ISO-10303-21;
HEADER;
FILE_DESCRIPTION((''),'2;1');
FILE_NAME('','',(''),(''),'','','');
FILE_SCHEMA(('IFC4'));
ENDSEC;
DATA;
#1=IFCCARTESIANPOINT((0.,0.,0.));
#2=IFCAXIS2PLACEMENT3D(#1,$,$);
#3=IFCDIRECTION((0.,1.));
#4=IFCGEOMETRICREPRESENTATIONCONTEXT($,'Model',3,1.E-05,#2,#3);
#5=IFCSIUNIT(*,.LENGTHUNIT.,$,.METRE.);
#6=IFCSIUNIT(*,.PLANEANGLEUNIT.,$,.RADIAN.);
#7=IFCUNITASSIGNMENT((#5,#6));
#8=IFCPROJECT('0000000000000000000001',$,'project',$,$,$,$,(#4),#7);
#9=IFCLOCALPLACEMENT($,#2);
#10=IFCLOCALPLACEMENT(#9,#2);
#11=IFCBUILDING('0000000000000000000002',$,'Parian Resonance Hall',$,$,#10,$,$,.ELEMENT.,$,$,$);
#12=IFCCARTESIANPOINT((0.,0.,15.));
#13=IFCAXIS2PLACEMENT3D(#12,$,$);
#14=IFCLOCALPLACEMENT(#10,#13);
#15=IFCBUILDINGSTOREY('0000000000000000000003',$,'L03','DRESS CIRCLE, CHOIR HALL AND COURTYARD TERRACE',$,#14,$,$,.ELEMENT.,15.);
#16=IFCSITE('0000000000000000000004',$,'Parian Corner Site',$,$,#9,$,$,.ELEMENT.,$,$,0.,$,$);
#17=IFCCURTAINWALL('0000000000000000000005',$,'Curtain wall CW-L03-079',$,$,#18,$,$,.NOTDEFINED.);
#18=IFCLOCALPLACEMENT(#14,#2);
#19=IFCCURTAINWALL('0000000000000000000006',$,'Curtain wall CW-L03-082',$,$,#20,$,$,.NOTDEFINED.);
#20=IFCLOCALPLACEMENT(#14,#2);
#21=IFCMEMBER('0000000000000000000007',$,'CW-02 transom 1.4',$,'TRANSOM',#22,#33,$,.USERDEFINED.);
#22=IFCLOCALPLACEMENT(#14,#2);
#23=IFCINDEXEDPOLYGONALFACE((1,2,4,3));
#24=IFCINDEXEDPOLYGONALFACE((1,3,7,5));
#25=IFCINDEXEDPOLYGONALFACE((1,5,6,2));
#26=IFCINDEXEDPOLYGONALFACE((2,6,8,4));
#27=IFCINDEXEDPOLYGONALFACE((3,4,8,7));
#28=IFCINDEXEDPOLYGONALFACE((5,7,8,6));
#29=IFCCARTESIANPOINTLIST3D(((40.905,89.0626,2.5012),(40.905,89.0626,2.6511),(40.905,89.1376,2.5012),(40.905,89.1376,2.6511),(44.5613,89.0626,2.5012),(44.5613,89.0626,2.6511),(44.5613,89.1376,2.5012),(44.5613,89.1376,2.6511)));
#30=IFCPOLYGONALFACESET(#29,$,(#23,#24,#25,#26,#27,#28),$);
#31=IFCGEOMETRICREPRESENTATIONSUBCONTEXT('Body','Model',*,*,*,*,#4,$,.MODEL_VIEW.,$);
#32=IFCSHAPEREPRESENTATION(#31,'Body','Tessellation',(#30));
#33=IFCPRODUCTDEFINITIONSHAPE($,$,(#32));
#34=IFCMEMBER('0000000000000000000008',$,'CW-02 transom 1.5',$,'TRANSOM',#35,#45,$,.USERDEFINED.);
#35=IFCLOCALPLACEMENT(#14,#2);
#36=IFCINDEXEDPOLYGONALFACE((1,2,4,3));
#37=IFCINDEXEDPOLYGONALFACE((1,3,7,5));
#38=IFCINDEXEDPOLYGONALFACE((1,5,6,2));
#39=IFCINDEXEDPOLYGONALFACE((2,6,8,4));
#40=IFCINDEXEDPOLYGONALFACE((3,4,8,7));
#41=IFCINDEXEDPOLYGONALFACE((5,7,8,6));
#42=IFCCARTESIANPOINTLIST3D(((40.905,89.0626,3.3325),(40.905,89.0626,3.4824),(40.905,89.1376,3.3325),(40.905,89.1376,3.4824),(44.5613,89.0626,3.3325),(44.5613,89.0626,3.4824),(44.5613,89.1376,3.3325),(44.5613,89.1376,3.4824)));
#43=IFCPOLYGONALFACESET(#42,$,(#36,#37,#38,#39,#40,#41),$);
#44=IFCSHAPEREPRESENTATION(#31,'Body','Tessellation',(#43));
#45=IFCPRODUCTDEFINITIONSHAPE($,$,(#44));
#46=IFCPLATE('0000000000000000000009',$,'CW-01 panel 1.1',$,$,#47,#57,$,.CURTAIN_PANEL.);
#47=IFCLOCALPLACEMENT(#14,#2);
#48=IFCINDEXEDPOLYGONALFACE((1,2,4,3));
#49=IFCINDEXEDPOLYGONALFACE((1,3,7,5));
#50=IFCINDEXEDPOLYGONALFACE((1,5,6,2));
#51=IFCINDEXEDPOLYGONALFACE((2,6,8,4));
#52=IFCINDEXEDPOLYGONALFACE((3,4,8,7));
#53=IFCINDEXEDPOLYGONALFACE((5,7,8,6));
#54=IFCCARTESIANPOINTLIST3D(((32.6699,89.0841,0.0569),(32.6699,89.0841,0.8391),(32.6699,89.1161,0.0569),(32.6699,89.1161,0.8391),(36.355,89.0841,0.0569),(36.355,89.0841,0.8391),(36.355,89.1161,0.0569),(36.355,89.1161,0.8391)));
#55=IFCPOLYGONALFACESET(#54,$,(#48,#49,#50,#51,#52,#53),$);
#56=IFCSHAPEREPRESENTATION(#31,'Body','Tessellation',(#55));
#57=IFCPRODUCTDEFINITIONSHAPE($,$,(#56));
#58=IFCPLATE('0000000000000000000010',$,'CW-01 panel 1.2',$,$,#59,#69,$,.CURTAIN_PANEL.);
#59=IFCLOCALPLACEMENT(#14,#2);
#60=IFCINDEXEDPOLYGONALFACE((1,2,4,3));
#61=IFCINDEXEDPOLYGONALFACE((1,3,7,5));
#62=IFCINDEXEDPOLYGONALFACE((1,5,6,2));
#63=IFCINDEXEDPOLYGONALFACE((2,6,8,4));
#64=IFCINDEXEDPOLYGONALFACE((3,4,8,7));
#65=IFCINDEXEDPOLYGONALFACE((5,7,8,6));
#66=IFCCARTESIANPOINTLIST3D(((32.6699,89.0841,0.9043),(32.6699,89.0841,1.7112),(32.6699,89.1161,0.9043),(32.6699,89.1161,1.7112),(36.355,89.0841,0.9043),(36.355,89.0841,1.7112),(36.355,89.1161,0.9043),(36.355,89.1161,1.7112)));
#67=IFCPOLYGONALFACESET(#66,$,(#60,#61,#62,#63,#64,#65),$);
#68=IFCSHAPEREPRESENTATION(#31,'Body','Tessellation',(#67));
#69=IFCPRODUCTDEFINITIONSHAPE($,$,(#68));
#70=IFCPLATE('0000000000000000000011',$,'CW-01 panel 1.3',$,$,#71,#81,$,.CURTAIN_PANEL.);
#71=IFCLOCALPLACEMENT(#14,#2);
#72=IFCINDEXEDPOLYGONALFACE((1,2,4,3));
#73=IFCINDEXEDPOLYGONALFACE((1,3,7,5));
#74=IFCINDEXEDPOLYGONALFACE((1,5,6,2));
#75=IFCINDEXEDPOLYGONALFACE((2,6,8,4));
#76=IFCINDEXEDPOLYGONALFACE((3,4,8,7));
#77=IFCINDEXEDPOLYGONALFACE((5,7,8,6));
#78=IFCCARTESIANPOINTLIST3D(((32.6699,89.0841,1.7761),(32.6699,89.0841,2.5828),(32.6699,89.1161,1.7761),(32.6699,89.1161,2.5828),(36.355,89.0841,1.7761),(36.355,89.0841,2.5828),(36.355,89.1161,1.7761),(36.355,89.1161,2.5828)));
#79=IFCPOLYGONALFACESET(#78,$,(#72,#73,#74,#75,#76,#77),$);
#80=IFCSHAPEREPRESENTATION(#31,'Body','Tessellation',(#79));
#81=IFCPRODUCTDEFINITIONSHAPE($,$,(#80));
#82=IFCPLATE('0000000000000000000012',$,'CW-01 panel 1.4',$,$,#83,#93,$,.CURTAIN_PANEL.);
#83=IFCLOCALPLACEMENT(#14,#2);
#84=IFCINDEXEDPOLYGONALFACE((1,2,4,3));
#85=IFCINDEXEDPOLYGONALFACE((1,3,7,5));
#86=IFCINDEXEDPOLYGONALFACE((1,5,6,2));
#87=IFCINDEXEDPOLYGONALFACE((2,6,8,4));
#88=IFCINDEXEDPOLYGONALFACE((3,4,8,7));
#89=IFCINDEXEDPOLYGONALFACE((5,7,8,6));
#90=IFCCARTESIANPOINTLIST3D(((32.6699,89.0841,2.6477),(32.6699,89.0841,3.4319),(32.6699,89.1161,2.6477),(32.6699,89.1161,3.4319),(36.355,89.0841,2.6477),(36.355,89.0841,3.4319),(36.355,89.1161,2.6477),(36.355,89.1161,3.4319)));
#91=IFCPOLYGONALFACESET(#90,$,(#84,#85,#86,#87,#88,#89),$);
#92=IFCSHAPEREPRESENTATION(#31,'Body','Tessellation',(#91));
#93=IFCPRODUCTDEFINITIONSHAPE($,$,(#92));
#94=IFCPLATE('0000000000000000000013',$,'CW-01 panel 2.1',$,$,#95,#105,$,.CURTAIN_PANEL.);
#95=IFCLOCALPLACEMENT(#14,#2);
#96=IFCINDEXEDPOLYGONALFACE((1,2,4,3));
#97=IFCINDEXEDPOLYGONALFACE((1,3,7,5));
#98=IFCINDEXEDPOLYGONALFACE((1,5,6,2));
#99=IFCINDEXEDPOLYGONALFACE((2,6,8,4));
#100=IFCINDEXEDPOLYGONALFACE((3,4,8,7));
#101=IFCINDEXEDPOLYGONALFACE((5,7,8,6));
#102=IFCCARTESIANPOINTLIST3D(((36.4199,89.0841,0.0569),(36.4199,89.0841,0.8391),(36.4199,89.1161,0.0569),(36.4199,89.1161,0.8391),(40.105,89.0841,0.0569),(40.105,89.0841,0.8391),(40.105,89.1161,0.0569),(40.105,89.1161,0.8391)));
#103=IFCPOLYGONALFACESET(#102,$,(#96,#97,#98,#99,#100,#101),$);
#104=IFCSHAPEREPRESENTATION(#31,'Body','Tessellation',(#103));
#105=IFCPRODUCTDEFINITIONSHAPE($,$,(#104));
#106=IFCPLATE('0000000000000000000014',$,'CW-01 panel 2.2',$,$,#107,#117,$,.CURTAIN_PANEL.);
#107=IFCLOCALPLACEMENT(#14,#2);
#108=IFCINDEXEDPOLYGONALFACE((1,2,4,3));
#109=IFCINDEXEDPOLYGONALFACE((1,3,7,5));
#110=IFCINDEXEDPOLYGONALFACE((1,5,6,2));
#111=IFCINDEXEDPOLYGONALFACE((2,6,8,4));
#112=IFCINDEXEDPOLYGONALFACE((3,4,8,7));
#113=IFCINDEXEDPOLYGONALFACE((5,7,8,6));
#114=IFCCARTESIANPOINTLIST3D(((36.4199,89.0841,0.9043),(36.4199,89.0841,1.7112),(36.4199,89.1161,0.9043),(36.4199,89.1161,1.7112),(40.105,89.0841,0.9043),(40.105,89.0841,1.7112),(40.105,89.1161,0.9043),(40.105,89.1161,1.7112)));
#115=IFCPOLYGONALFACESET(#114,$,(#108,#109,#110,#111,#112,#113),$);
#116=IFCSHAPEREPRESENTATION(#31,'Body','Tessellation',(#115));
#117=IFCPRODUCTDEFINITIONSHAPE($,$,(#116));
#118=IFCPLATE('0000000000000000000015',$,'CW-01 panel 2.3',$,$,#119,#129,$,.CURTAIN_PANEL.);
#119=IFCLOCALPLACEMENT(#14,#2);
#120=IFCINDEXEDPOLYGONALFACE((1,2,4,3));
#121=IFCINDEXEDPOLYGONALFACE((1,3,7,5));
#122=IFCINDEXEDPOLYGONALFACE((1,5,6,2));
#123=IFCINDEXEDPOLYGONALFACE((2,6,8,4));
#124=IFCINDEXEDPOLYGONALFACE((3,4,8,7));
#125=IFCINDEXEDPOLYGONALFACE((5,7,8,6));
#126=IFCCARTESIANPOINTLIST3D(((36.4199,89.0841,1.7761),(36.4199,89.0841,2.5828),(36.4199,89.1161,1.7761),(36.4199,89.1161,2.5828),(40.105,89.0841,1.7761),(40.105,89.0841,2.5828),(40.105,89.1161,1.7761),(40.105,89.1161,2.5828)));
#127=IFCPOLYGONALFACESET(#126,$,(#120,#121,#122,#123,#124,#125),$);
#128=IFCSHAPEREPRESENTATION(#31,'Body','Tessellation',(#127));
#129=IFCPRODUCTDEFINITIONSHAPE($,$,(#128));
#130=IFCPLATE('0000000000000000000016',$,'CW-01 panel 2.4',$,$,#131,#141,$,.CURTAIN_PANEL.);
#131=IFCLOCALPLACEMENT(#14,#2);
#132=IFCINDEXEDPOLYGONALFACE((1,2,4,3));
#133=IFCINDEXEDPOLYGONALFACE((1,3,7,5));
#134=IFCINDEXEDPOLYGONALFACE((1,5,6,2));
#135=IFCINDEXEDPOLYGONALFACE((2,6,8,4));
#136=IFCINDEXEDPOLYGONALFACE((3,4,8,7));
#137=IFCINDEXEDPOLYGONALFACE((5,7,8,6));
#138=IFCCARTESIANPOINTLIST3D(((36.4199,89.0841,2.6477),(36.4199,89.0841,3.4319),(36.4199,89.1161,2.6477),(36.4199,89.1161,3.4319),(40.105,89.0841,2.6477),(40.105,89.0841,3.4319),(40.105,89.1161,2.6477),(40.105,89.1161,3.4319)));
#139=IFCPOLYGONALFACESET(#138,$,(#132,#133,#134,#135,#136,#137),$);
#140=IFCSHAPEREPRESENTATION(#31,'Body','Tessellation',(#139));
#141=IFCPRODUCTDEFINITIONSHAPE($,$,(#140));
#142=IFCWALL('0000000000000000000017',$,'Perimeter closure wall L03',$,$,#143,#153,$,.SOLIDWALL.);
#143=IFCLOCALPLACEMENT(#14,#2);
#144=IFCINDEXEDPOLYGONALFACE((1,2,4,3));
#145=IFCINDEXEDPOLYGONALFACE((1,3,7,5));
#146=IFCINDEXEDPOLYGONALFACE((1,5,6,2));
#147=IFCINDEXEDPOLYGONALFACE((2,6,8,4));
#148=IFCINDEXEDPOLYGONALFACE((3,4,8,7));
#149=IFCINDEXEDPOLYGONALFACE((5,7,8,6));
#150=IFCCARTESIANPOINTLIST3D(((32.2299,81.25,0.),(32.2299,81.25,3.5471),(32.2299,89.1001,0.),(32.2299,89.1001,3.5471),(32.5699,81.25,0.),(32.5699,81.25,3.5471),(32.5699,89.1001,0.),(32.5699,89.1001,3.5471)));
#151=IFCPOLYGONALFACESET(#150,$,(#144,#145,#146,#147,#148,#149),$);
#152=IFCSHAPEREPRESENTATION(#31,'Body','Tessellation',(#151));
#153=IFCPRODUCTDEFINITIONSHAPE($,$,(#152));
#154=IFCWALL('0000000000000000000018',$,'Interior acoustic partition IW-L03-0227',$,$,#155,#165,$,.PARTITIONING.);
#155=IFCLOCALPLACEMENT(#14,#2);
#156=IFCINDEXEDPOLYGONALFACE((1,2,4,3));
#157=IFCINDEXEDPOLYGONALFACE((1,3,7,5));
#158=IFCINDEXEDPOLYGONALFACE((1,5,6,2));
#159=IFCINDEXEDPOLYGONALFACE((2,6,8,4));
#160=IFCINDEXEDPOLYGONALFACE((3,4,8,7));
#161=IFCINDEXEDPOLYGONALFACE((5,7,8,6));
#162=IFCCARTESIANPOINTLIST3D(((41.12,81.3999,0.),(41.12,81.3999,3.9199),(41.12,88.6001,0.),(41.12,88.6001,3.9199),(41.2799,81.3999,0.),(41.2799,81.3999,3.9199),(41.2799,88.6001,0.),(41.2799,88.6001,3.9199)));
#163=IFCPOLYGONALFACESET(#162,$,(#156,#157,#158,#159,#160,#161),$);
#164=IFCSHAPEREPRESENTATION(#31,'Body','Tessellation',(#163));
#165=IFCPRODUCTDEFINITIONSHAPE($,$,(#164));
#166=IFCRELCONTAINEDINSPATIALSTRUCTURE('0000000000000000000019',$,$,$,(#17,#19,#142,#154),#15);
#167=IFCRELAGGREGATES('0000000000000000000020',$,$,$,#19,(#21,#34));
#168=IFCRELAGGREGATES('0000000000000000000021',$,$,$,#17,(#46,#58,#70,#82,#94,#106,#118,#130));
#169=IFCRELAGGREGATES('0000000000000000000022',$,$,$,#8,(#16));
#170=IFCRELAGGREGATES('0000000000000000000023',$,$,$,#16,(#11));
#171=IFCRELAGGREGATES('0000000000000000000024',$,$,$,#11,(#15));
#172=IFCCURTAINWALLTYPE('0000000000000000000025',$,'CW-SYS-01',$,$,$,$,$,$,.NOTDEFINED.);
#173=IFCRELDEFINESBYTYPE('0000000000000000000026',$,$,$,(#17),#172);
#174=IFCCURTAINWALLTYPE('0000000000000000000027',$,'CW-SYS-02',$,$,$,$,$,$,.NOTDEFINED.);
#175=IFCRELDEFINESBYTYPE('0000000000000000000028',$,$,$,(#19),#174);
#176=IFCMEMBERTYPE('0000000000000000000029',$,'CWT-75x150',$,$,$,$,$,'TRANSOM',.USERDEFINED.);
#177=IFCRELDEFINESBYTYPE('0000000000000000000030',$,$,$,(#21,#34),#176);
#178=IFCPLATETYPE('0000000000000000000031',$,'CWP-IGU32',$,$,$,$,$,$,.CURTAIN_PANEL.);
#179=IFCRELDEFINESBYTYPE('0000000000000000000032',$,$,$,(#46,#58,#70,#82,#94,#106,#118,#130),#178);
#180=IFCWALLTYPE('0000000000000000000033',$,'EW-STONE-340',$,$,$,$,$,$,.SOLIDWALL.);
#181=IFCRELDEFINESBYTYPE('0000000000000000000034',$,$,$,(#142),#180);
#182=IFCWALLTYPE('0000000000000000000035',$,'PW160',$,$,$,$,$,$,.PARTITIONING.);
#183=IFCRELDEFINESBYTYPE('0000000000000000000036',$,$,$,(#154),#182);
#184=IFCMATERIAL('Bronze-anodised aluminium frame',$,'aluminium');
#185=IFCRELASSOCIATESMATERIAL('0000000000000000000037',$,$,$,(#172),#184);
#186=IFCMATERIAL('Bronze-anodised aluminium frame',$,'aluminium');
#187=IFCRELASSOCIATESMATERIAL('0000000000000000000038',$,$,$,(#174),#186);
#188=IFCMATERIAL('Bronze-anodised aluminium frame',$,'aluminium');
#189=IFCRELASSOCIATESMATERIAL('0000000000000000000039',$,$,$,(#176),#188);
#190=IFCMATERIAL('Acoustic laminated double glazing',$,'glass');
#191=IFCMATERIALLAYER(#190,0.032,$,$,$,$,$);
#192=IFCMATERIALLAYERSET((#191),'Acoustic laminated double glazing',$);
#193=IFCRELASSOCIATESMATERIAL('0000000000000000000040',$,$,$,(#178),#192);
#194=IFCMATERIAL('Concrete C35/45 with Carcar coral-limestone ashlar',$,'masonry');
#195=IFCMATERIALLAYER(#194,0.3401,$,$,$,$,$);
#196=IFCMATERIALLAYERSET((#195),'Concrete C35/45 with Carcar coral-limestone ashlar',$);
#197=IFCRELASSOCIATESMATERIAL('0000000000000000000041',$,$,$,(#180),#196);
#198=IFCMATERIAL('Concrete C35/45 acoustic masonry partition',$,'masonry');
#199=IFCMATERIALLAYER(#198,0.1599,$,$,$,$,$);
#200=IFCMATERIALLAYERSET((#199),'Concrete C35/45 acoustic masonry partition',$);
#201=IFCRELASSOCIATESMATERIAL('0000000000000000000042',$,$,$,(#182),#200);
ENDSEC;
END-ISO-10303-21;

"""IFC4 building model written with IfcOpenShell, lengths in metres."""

from ifc_helpers import new_model, si_unit, direction, frame, frame_2d, origin, origin_2d, place, context, subcontext, project, spatial, rectangle, extrude, material, layer, layer_set, material_profile, profile_set, type_object, element, aggregate, save


model = new_model("IFC4")

# Units and contexts
model_context = context("Model", 3, precision=1e-05, world=origin(), true_north=direction((0.0, 1.0)))
body_context = subcontext(model_context, "Body", "Model", "MODEL_VIEW")
ifc_project = project(units=[si_unit("LENGTHUNIT", "METRE"), si_unit("PLANEANGLEUNIT", "RADIAN")], contexts=[model_context])

# Site, building, storey
site_placement = place(None, origin())
site = spatial("IfcSite", under=ifc_project, at=site_placement, Name="Parian Corner Site", CompositionType="ELEMENT", RefElevation=0.0)
building_placement = place(site_placement, origin())
building = spatial("IfcBuilding", under=site, at=building_placement, Name="Parian Resonance Hall", CompositionType="ELEMENT")
storey_placement = place(building_placement, frame((0.0, 0.0, 15.0)))
storey = spatial("IfcBuildingStorey", under=building, at=storey_placement, Name="L03", Description="DRESS CIRCLE, CHOIR HALL AND COURTYARD TERRACE", CompositionType="ELEMENT", Elevation=15.0)

# Curtain wall
ifc_material_1 = material(Name="Bronze-anodised aluminium frame", Category="aluminium")
curtain_wall_type_1 = type_object("IfcCurtainWallType", Name="CW-SYS-01", PredefinedType="NOTDEFINED", material=ifc_material_1)
curtain_wall_1_placement = place(storey_placement, origin())
curtain_wall_1 = element("IfcCurtainWall", 1, at=curtain_wall_1_placement, inside=storey, type_object=curtain_wall_type_1, Name="Curtain wall CW-L03-079", PredefinedType="NOTDEFINED")

# Curtain wall
ifc_material_2 = material(Name="Bronze-anodised aluminium frame", Category="aluminium")
curtain_wall_type_2 = type_object("IfcCurtainWallType", Name="CW-SYS-02", PredefinedType="NOTDEFINED", material=ifc_material_2)
curtain_wall_2_placement = place(storey_placement, origin())
curtain_wall_2 = element("IfcCurtainWall", 2, at=curtain_wall_2_placement, inside=storey, type_object=curtain_wall_type_2, Name="Curtain wall CW-L03-082", PredefinedType="NOTDEFINED")

# Members
ifc_material_3 = material(Name="Bronze-anodised aluminium frame", Category="aluminium")
ifc_material_profile_1 = material_profile(ifc_material_3, rectangle(XDim=0.075, YDim=0.1499, at=origin_2d()), Name="CWT-75x150")
ifc_profile_set_1 = profile_set([ifc_material_profile_1], Name="Bronze-anodised aluminium frame")
member_type_1 = type_object("IfcMemberType", Name="CWT-75x150", ElementType="TRANSOM", PredefinedType="USERDEFINED", material=ifc_profile_set_1)
member_1_placement = place(storey_placement, frame((40.905, 89.1001, 2.5762), z_axis=(1.0, 0.0, 0.0), x_axis=(0.0, 1.0, 0.0)))
member_1 = element("IfcMember", 3, at=member_1_placement, type_object=member_type_1, Name="CW-02 transom 1.4", ObjectType="TRANSOM", PredefinedType="USERDEFINED", context=body_context, shape_type="SweptSolid", body=[
    extrude(rectangle(XDim=0.075, YDim=0.1499, at=origin_2d()), origin(), (0.0, 0.0, 1.0), 3.6562),
])
member_2_placement = place(storey_placement, frame((40.905, 89.1001, 3.4075), z_axis=(1.0, 0.0, 0.0), x_axis=(0.0, 1.0, 0.0)))
member_2 = element("IfcMember", 4, at=member_2_placement, type_object=member_type_1, Name="CW-02 transom 1.5", ObjectType="TRANSOM", PredefinedType="USERDEFINED", context=body_context, shape_type="SweptSolid", body=[
    extrude(rectangle(XDim=0.075, YDim=0.1499, at=origin_2d()), origin(), (0.0, 0.0, 1.0), 3.6562),
])
aggregate(curtain_wall_2, [member_1, member_2])

# Plates
ifc_material_4 = material(Name="Acoustic laminated double glazing", Category="glass")
ifc_layer_1 = layer(ifc_material_4, 0.032)
ifc_layer_set_1 = layer_set([ifc_layer_1], Name="Acoustic laminated double glazing")
plate_type = type_object("IfcPlateType", Name="CWP-IGU32", PredefinedType="CURTAIN_PANEL", material=ifc_layer_set_1)
plate_1_placement = place(storey_placement, frame((34.5125, 89.1001, 0.0569), z_axis=(0.0, 0.0, 1.0), x_axis=(1.0, 0.0, 0.0)))
plate_1 = element("IfcPlate", 5, at=plate_1_placement, type_object=plate_type, Name="CW-01 panel 1.1", PredefinedType="CURTAIN_PANEL", context=body_context, shape_type="SweptSolid", body=[
    extrude(rectangle(XDim=3.6851, YDim=0.032, at=origin_2d()), origin(), (0.0, 0.0, 1.0), 0.7822),
])
plate_2_placement = place(storey_placement, frame((34.5125, 89.1001, 0.9043), z_axis=(0.0, 0.0, 1.0), x_axis=(1.0, 0.0, 0.0)))
plate_2 = element("IfcPlate", 6, at=plate_2_placement, type_object=plate_type, Name="CW-01 panel 1.2", PredefinedType="CURTAIN_PANEL", context=body_context, shape_type="SweptSolid", body=[
    extrude(rectangle(XDim=3.6851, YDim=0.032, at=origin_2d()), origin(), (0.0, 0.0, 1.0), 0.8069),
])
plate_3_placement = place(storey_placement, frame((34.5125, 89.1001, 1.7761), z_axis=(0.0, 0.0, 1.0), x_axis=(1.0, 0.0, 0.0)))
plate_3 = element("IfcPlate", 7, at=plate_3_placement, type_object=plate_type, Name="CW-01 panel 1.3", PredefinedType="CURTAIN_PANEL", context=body_context, shape_type="SweptSolid", body=[
    extrude(rectangle(XDim=3.6851, YDim=0.032, at=origin_2d()), origin(), (0.0, 0.0, 1.0), 0.8066),
])
plate_4_placement = place(storey_placement, frame((34.5125, 89.1001, 2.6477), z_axis=(0.0, 0.0, 1.0), x_axis=(1.0, 0.0, 0.0)))
plate_4 = element("IfcPlate", 8, at=plate_4_placement, type_object=plate_type, Name="CW-01 panel 1.4", PredefinedType="CURTAIN_PANEL", context=body_context, shape_type="SweptSolid", body=[
    extrude(rectangle(XDim=3.6851, YDim=0.032, at=origin_2d()), origin(), (0.0, 0.0, 1.0), 0.7842),
])
plate_5_placement = place(storey_placement, frame((38.2625, 89.1001, 0.0569), z_axis=(0.0, 0.0, 1.0), x_axis=(1.0, 0.0, 0.0)))
plate_5 = element("IfcPlate", 9, at=plate_5_placement, type_object=plate_type, Name="CW-01 panel 2.1", PredefinedType="CURTAIN_PANEL", context=body_context, shape_type="SweptSolid", body=[
    extrude(rectangle(XDim=3.6851, YDim=0.032, at=origin_2d()), origin(), (0.0, 0.0, 1.0), 0.7822),
])
plate_6_placement = place(storey_placement, frame((38.2625, 89.1001, 0.9043), z_axis=(0.0, 0.0, 1.0), x_axis=(1.0, 0.0, 0.0)))
plate_6 = element("IfcPlate", 10, at=plate_6_placement, type_object=plate_type, Name="CW-01 panel 2.2", PredefinedType="CURTAIN_PANEL", context=body_context, shape_type="SweptSolid", body=[
    extrude(rectangle(XDim=3.6851, YDim=0.032, at=origin_2d()), origin(), (0.0, 0.0, 1.0), 0.8069),
])
plate_7_placement = place(storey_placement, frame((38.2625, 89.1001, 1.7761), z_axis=(0.0, 0.0, 1.0), x_axis=(1.0, 0.0, 0.0)))
plate_7 = element("IfcPlate", 11, at=plate_7_placement, type_object=plate_type, Name="CW-01 panel 2.3", PredefinedType="CURTAIN_PANEL", context=body_context, shape_type="SweptSolid", body=[
    extrude(rectangle(XDim=3.6851, YDim=0.032, at=origin_2d()), origin(), (0.0, 0.0, 1.0), 0.8066),
])
plate_8_placement = place(storey_placement, frame((38.2625, 89.1001, 2.6477), z_axis=(0.0, 0.0, 1.0), x_axis=(1.0, 0.0, 0.0)))
plate_8 = element("IfcPlate", 12, at=plate_8_placement, type_object=plate_type, Name="CW-01 panel 2.4", PredefinedType="CURTAIN_PANEL", context=body_context, shape_type="SweptSolid", body=[
    extrude(rectangle(XDim=3.6851, YDim=0.032, at=origin_2d()), origin(), (0.0, 0.0, 1.0), 0.7842),
])
aggregate(curtain_wall_1, [plate_1, plate_2, plate_3, plate_4, plate_5, plate_6, plate_7, plate_8])

# Walls
ifc_material_5 = material(Name="Concrete C35/45 with Carcar coral-limestone ashlar", Category="masonry")
ifc_layer_2 = layer(ifc_material_5, 0.3401)
ifc_layer_set_2 = layer_set([ifc_layer_2], Name="Concrete C35/45 with Carcar coral-limestone ashlar")
wall_type_1 = type_object("IfcWallType", Name="EW-STONE-340", PredefinedType="SOLIDWALL", material=ifc_layer_set_2)
wall_1_placement = place(storey_placement, frame((32.3999, 89.1001, 0.0), z_axis=(0.0, 0.0, 1.0), x_axis=(0.0, -1.0, 0.0)))
element("IfcWall", 13, at=wall_1_placement, inside=storey, type_object=wall_type_1, Name="Perimeter closure wall L03", PredefinedType="SOLIDWALL", context=body_context, shape_type="SweptSolid", body=[
    extrude(rectangle(XDim=7.8501, YDim=0.3401, at=frame_2d((3.925, 0.0))), origin(), (0.0, 0.0, 1.0), 3.5471),
])
ifc_material_6 = material(Name="Concrete C35/45 acoustic masonry partition", Category="masonry")
ifc_layer_3 = layer(ifc_material_6, 0.1599)
ifc_layer_set_3 = layer_set([ifc_layer_3], Name="Concrete C35/45 acoustic masonry partition")
wall_type_2 = type_object("IfcWallType", Name="PW160", PredefinedType="PARTITIONING", material=ifc_layer_set_3)
wall_2_placement = place(storey_placement, frame((41.2, 81.3999, 0.0), z_axis=(0.0, 0.0, 1.0), x_axis=(0.0, 1.0, 0.0)))
element("IfcWall", 14, at=wall_2_placement, inside=storey, type_object=wall_type_2, Name="Interior acoustic partition IW-L03-0227", PredefinedType="PARTITIONING", context=body_context, shape_type="SweptSolid", body=[
    extrude(rectangle(XDim=7.2002, YDim=0.1599, at=frame_2d((3.6001, 0.0))), origin(), (0.0, 0.0, 1.0), 3.9199),
])

save(model, "model.ifc")
